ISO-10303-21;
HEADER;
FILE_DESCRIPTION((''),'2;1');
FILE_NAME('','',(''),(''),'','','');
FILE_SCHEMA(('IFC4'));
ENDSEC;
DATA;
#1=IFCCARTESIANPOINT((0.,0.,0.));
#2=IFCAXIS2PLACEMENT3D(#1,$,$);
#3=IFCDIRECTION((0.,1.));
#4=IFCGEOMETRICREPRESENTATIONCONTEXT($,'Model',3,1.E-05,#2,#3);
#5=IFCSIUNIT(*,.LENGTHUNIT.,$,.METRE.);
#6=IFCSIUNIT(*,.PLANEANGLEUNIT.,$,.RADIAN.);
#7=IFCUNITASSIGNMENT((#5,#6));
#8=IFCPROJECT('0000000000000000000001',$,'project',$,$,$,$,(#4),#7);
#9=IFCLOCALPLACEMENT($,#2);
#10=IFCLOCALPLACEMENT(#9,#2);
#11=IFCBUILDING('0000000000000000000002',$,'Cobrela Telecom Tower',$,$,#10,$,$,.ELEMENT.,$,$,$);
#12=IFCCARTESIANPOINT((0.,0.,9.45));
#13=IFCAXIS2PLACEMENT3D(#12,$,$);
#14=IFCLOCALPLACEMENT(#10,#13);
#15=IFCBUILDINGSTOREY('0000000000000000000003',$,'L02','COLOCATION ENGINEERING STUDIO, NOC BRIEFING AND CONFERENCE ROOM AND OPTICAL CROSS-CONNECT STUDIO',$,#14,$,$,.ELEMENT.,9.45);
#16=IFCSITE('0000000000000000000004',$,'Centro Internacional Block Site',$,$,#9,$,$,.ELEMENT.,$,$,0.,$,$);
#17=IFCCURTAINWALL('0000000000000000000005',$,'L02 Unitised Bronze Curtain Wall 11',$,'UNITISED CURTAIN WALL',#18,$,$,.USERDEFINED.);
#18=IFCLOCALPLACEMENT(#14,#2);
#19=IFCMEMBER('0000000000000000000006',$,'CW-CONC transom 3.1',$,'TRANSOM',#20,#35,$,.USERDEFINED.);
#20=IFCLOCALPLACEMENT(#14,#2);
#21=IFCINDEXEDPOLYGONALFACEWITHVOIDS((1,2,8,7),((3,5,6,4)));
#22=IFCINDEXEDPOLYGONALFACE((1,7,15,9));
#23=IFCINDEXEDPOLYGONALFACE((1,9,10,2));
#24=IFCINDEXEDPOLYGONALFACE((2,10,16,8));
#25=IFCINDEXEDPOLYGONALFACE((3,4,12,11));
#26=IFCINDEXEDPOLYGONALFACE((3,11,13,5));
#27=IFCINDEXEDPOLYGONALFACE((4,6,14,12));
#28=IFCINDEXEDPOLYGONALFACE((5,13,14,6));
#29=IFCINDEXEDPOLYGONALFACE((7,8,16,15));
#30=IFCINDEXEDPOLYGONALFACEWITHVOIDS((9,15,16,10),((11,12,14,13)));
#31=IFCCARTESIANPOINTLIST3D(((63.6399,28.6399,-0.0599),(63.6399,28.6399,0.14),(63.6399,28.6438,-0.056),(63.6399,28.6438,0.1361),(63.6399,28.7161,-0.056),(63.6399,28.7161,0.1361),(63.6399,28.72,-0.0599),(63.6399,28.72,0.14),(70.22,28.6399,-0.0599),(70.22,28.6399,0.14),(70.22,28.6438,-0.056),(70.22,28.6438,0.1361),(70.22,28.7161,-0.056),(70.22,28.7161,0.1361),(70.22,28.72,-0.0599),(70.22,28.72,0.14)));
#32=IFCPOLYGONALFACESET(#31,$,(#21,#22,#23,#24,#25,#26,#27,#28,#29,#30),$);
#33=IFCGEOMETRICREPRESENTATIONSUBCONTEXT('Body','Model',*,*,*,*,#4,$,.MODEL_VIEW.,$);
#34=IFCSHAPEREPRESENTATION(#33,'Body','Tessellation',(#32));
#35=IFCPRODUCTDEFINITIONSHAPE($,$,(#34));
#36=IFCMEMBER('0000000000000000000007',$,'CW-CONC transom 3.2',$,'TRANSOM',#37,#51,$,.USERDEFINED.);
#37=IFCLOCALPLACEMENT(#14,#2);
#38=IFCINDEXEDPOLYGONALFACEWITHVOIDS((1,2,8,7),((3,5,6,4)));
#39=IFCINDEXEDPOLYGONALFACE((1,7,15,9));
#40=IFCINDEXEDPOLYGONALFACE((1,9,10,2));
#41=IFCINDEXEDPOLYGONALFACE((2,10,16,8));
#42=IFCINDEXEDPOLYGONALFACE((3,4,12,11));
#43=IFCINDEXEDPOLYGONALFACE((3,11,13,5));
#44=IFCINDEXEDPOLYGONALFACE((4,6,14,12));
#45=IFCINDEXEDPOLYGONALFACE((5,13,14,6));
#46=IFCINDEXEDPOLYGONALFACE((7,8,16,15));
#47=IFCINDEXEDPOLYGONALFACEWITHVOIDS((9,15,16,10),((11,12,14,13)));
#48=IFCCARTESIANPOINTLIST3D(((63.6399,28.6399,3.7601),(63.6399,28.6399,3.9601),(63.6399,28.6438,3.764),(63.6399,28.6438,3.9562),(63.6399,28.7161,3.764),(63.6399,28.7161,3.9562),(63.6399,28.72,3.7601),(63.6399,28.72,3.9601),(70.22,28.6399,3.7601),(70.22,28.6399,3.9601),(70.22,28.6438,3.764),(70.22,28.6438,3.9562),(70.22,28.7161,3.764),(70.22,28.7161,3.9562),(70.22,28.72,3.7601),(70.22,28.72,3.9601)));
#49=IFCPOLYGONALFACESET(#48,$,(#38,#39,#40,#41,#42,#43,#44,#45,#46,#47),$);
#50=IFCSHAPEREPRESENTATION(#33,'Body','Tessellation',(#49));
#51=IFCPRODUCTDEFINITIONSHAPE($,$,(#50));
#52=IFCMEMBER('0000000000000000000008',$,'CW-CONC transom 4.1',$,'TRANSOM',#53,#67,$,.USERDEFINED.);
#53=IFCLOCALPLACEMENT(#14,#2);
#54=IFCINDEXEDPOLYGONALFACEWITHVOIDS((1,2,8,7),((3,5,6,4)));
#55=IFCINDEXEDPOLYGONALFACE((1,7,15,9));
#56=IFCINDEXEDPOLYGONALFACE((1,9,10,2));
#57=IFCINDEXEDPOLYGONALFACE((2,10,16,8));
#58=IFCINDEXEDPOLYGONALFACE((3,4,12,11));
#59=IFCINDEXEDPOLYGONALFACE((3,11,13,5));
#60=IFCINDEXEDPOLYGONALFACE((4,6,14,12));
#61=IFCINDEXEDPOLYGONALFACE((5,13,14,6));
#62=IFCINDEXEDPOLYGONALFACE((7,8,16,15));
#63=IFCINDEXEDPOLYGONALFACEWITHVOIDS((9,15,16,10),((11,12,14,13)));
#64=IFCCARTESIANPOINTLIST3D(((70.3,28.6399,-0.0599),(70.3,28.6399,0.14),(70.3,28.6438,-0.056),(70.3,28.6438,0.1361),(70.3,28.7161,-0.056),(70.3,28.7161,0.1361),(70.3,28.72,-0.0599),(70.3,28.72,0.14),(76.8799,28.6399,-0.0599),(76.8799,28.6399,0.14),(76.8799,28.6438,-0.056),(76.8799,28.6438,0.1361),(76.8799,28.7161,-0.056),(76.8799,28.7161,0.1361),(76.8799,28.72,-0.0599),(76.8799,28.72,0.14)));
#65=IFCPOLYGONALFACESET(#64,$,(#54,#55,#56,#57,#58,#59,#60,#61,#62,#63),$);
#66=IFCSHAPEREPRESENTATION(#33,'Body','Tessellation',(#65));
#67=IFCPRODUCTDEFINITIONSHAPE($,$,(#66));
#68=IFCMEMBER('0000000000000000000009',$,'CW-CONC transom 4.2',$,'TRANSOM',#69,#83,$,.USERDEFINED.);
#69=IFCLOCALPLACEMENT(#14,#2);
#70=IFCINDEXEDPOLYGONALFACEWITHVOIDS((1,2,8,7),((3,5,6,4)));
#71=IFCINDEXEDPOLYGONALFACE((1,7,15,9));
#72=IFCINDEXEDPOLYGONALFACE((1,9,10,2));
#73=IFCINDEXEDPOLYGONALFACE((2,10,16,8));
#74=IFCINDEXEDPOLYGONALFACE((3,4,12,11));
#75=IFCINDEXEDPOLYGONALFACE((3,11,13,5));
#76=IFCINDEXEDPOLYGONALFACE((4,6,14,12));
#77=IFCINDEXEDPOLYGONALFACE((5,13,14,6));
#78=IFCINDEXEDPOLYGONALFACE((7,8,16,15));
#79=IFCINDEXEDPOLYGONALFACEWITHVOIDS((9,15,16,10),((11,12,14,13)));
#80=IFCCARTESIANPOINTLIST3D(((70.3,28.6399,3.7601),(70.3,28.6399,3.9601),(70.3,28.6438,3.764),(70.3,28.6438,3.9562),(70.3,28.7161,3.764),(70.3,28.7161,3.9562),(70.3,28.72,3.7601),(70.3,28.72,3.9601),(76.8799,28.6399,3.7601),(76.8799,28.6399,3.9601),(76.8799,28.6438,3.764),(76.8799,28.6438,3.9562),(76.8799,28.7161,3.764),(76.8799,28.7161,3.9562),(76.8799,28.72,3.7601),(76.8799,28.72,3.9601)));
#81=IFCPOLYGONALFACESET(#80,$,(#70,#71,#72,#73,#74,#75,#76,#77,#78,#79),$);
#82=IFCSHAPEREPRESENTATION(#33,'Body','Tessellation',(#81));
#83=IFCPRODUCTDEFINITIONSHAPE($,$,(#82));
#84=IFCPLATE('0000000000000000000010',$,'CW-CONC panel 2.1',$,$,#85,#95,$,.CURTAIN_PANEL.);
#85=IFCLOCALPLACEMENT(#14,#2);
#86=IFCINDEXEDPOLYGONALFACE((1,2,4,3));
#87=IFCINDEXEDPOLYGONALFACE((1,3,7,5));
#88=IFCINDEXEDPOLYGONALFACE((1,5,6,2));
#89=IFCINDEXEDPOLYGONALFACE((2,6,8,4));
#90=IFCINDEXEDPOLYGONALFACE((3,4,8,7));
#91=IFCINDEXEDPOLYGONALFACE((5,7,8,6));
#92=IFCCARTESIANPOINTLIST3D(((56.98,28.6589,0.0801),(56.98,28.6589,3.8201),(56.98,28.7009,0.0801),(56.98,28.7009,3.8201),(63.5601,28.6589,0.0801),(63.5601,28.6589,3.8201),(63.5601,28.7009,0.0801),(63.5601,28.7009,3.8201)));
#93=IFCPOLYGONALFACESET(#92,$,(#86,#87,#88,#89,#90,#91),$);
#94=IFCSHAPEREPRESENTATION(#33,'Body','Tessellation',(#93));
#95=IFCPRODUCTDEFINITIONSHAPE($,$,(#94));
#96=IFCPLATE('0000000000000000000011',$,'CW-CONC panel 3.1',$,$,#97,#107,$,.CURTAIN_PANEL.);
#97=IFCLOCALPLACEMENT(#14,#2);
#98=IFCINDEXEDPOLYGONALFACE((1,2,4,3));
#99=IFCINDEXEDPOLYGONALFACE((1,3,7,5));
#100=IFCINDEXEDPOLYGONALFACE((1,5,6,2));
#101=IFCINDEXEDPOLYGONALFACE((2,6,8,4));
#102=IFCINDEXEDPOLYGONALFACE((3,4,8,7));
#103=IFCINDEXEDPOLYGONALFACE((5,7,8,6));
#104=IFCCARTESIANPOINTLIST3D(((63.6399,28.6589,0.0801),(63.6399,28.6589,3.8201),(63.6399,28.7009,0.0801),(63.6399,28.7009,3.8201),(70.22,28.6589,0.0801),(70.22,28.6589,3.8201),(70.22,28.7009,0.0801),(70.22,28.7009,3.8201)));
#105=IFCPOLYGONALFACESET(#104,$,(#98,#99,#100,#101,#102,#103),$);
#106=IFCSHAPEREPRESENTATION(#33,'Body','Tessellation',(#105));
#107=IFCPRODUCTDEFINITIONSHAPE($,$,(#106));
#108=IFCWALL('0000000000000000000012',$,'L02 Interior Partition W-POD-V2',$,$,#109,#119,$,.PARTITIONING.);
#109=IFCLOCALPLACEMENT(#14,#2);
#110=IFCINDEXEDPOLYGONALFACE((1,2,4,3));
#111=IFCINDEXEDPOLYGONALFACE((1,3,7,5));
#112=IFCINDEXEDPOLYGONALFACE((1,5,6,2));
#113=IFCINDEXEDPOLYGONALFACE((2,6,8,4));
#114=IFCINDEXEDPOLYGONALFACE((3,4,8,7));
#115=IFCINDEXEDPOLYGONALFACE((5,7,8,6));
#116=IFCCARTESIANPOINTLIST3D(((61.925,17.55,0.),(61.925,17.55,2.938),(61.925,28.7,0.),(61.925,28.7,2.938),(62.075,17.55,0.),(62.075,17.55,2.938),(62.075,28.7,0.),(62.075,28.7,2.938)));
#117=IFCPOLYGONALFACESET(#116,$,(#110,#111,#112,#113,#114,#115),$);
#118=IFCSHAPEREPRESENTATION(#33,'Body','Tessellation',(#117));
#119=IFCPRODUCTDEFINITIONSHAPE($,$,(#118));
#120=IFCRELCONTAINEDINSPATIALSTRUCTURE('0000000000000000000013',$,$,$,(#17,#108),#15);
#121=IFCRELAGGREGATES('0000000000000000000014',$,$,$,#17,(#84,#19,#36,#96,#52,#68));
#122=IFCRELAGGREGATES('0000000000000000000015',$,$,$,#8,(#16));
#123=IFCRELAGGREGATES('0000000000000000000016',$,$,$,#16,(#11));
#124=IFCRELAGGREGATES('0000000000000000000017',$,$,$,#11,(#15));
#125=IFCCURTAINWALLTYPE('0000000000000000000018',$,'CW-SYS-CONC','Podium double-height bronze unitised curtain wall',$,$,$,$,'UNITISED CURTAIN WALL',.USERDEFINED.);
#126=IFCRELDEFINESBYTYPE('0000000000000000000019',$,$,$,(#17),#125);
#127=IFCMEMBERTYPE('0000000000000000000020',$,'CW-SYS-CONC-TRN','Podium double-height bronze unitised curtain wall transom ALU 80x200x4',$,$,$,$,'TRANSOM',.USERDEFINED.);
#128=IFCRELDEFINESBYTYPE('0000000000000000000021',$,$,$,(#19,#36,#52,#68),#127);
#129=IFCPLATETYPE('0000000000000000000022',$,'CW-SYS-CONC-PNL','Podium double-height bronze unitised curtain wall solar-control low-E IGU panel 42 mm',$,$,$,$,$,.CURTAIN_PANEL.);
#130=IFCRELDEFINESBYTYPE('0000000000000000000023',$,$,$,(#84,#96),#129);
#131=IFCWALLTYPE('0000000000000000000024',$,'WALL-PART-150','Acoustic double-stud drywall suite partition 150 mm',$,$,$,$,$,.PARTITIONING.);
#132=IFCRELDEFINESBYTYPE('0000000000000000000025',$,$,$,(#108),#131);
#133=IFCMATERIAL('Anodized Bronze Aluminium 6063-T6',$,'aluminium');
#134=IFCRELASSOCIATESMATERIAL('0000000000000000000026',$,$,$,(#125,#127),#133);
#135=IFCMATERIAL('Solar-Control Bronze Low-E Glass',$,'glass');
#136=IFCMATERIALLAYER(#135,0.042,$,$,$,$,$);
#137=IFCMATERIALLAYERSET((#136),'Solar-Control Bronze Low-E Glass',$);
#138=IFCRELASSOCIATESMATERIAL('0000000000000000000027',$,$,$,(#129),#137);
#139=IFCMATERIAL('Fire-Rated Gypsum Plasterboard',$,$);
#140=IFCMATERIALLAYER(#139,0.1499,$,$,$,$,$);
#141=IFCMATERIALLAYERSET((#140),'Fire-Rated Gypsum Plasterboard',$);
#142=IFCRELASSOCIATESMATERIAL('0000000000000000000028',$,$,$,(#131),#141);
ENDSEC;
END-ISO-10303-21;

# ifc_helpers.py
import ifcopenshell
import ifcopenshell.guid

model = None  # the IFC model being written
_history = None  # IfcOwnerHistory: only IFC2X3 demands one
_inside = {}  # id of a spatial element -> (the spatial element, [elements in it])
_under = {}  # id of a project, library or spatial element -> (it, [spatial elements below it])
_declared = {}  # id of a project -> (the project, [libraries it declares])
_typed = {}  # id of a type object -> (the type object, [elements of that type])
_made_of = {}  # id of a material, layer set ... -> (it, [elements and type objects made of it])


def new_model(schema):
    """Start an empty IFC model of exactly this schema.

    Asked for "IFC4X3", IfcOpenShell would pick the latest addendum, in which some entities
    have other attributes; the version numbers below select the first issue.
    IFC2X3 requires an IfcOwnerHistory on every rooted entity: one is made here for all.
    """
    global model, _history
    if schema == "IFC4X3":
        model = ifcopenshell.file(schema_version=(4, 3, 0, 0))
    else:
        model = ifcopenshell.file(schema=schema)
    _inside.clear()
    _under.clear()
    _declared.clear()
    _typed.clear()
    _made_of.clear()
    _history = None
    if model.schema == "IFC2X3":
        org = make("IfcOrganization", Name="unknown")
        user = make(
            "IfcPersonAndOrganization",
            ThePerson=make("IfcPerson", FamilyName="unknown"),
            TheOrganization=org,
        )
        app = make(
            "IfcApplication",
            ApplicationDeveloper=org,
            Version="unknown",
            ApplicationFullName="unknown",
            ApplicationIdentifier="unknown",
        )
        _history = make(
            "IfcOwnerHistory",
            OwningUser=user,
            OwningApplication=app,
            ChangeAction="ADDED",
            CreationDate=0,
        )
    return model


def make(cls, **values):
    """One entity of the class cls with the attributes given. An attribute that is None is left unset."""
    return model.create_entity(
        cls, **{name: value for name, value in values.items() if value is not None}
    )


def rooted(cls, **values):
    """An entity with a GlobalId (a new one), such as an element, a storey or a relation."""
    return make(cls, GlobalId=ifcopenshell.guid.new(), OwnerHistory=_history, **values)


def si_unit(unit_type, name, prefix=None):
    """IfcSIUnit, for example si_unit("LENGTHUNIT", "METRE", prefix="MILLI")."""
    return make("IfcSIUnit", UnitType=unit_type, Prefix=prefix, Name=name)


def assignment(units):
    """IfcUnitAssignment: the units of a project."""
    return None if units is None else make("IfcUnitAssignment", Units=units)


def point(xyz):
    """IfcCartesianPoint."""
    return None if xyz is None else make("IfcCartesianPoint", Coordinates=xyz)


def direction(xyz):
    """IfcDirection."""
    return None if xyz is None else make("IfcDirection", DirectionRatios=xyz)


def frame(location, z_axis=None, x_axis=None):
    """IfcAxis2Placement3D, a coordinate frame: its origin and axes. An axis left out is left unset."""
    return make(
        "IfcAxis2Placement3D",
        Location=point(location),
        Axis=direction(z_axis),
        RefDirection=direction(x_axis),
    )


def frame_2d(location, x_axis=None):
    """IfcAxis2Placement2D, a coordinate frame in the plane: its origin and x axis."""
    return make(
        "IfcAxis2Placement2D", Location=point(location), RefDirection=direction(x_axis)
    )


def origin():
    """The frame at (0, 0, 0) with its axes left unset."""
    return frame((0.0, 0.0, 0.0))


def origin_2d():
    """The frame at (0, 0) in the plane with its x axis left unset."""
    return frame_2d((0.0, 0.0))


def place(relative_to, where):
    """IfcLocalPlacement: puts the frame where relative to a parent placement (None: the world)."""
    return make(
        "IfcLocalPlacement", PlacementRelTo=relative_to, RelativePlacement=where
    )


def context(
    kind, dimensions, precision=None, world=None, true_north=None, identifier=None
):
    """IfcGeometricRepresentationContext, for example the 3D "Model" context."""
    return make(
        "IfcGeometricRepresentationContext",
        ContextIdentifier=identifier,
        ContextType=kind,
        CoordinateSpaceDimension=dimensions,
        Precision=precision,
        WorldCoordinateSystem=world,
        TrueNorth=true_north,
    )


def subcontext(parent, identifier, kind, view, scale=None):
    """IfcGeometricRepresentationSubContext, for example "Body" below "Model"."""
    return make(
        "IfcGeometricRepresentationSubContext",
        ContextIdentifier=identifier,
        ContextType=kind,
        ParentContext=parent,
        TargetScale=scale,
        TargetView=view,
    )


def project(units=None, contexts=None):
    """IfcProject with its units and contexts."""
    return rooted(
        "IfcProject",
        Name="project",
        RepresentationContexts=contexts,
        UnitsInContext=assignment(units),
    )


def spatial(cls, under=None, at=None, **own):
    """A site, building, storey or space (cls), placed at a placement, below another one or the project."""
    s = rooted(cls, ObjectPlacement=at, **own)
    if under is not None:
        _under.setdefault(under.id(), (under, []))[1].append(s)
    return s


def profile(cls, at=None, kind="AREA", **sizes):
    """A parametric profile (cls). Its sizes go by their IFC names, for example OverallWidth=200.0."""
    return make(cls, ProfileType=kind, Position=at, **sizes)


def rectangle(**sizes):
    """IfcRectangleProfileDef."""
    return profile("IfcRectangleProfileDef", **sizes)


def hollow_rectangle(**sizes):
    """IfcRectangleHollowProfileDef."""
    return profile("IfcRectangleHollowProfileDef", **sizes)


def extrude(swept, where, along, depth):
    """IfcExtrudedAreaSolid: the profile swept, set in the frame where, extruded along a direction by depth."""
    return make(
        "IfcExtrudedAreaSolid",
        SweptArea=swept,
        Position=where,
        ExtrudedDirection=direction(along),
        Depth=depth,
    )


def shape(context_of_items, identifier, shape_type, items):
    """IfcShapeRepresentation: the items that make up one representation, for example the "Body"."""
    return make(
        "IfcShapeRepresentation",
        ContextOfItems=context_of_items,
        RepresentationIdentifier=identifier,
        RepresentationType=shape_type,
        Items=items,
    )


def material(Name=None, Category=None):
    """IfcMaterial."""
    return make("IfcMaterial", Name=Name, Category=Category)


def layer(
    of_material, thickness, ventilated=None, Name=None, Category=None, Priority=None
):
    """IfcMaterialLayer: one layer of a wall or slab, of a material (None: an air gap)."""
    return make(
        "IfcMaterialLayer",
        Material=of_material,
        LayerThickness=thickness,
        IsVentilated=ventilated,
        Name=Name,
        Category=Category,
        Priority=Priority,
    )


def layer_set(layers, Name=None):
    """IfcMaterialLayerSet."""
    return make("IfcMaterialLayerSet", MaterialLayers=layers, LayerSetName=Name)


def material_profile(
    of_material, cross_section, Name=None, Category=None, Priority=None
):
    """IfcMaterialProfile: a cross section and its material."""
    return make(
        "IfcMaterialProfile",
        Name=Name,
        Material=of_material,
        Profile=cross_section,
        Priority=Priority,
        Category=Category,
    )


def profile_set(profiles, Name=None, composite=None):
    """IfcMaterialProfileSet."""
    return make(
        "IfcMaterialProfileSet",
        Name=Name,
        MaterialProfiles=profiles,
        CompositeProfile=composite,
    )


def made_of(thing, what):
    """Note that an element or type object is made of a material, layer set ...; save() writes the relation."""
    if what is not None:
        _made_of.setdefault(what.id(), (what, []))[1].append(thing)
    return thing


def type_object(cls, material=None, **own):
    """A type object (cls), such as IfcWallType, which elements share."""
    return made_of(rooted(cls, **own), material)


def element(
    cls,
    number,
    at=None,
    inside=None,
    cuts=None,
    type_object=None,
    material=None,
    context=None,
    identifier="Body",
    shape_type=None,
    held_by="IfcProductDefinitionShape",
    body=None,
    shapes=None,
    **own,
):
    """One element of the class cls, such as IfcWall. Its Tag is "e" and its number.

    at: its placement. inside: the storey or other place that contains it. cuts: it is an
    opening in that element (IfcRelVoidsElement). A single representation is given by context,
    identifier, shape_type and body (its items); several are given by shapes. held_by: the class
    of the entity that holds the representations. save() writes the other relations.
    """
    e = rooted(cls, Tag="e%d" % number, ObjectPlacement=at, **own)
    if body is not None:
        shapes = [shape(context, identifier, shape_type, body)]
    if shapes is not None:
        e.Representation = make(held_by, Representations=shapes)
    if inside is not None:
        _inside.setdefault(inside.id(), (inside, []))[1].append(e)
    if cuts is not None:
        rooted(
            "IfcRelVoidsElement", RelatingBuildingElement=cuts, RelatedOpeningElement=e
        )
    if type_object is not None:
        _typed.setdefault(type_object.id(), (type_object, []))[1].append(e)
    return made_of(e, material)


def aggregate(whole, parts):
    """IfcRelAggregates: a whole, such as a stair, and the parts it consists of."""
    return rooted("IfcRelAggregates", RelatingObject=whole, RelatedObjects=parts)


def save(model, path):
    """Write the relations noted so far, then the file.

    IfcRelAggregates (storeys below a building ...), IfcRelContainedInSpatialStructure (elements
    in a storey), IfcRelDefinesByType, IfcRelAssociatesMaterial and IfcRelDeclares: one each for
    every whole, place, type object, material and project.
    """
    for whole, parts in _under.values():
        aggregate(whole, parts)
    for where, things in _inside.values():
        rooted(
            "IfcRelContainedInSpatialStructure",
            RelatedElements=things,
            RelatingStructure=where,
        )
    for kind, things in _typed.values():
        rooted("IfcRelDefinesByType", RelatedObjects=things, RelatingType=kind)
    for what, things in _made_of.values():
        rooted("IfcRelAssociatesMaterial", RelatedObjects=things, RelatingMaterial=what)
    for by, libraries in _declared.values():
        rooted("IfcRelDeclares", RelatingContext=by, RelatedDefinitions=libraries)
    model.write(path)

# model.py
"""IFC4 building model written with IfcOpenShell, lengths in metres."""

from ifc_helpers import new_model, si_unit, direction, frame, frame_2d, origin, origin_2d, place, context, subcontext, project, spatial, rectangle, hollow_rectangle, extrude, material, layer, layer_set, material_profile, profile_set, type_object, element, aggregate, save


model = new_model("IFC4")

# Units and contexts
model_context = context("Model", 3, precision=1e-05, world=origin(), true_north=direction((0.0, 1.0)))
body_context = subcontext(model_context, "Body", "Model", "MODEL_VIEW")
ifc_project = project(units=[si_unit("LENGTHUNIT", "METRE"), si_unit("PLANEANGLEUNIT", "RADIAN")], contexts=[model_context])

# Site, building, storey
site_placement = place(None, origin())
site = spatial("IfcSite", under=ifc_project, at=site_placement, Name="Centro Internacional Block Site", CompositionType="ELEMENT", RefElevation=0.0)
building_placement = place(site_placement, origin())
building = spatial("IfcBuilding", under=site, at=building_placement, Name="Cobrela Telecom Tower", CompositionType="ELEMENT")
storey_placement = place(building_placement, frame((0.0, 0.0, 9.45)))
storey = spatial("IfcBuildingStorey", under=building, at=storey_placement, Name="L02", Description="COLOCATION ENGINEERING STUDIO, NOC BRIEFING AND CONFERENCE ROOM AND OPTICAL CROSS-CONNECT STUDIO", CompositionType="ELEMENT", Elevation=9.45)

# Curtain wall, members, plates
ifc_material_1 = material(Name="Anodized Bronze Aluminium 6063-T6", Category="aluminium")
curtain_wall_type = type_object("IfcCurtainWallType", Name="CW-SYS-CONC", Description="Podium double-height bronze unitised curtain wall", ElementType="UNITISED CURTAIN WALL", PredefinedType="USERDEFINED", material=ifc_material_1)
curtain_wall_placement = place(storey_placement, origin())
curtain_wall = element("IfcCurtainWall", 1, at=curtain_wall_placement, inside=storey, type_object=curtain_wall_type, Name="L02 Unitised Bronze Curtain Wall 11", ObjectType="UNITISED CURTAIN WALL", PredefinedType="USERDEFINED")
ifc_material_profile_1 = material_profile(ifc_material_1, hollow_rectangle(XDim=0.0801, YDim=0.2, WallThickness=0.0039, at=origin_2d()), Name="ALU 80x200x4")
ifc_profile_set_1 = profile_set([ifc_material_profile_1], Name="Anodized Bronze Aluminium 6063-T6")
member_type_1 = type_object("IfcMemberType", Name="CW-SYS-CONC-TRN", Description="Podium double-height bronze unitised curtain wall transom ALU 80x200x4", ElementType="TRANSOM", PredefinedType="USERDEFINED", material=ifc_profile_set_1)
member_1_placement = place(storey_placement, frame((63.6399, 28.6799, 0.04), z_axis=(1.0, 0.0, 0.0), x_axis=(0.0, 1.0, 0.0)))
member_1 = element("IfcMember", 2, at=member_1_placement, type_object=member_type_1, Name="CW-CONC transom 3.1", ObjectType="TRANSOM", PredefinedType="USERDEFINED", context=body_context, shape_type="SweptSolid", body=[
    extrude(hollow_rectangle(XDim=0.0801, YDim=0.2, WallThickness=0.0039, at=origin_2d()), origin(), (0.0, 0.0, 1.0), 6.5801),
])
member_2_placement = place(storey_placement, frame((63.6399, 28.6799, 3.8601), z_axis=(1.0, 0.0, 0.0), x_axis=(0.0, 1.0, 0.0)))
member_2 = element("IfcMember", 3, at=member_2_placement, type_object=member_type_1, Name="CW-CONC transom 3.2", ObjectType="TRANSOM", PredefinedType="USERDEFINED", context=body_context, shape_type="SweptSolid", body=[
    extrude(hollow_rectangle(XDim=0.0801, YDim=0.2, WallThickness=0.0039, at=origin_2d()), origin(), (0.0, 0.0, 1.0), 6.5801),
])
member_3_placement = place(storey_placement, frame((70.3, 28.6799, 0.04), z_axis=(1.0, 0.0, 0.0), x_axis=(0.0, 1.0, 0.0)))
member_3 = element("IfcMember", 4, at=member_3_placement, type_object=member_type_1, Name="CW-CONC transom 4.1", ObjectType="TRANSOM", PredefinedType="USERDEFINED", context=body_context, shape_type="SweptSolid", body=[
    extrude(hollow_rectangle(XDim=0.0801, YDim=0.2, WallThickness=0.0039, at=origin_2d()), origin(), (0.0, 0.0, 1.0), 6.5798),
])
member_4_placement = place(storey_placement, frame((70.3, 28.6799, 3.8601), z_axis=(1.0, 0.0, 0.0), x_axis=(0.0, 1.0, 0.0)))
member_4 = element("IfcMember", 5, at=member_4_placement, type_object=member_type_1, Name="CW-CONC transom 4.2", ObjectType="TRANSOM", PredefinedType="USERDEFINED", context=body_context, shape_type="SweptSolid", body=[
    extrude(hollow_rectangle(XDim=0.0801, YDim=0.2, WallThickness=0.0039, at=origin_2d()), origin(), (0.0, 0.0, 1.0), 6.5798),
])
ifc_material_2 = material(Name="Solar-Control Bronze Low-E Glass", Category="glass")
ifc_layer_1 = layer(ifc_material_2, 0.042)
ifc_layer_set_1 = layer_set([ifc_layer_1], Name="Solar-Control Bronze Low-E Glass")
plate_type = type_object("IfcPlateType", Name="CW-SYS-CONC-PNL", Description="Podium double-height bronze unitised curtain wall solar-control low-E IGU panel 42 mm", PredefinedType="CURTAIN_PANEL", material=ifc_layer_set_1)
plate_1_placement = place(storey_placement, frame((60.27, 28.6799, 0.0801), z_axis=(0.0, 0.0, 1.0), x_axis=(1.0, 0.0, 0.0)))
plate_1 = element("IfcPlate", 6, at=plate_1_placement, type_object=plate_type, Name="CW-CONC panel 2.1", PredefinedType="CURTAIN_PANEL", context=body_context, shape_type="SweptSolid", body=[
    extrude(rectangle(XDim=6.5801, YDim=0.042, at=origin_2d()), origin(), (0.0, 0.0, 1.0), 3.74),
])
plate_2_placement = place(storey_placement, frame((66.9299, 28.6799, 0.0801), z_axis=(0.0, 0.0, 1.0), x_axis=(1.0, 0.0, 0.0)))
plate_2 = element("IfcPlate", 7, at=plate_2_placement, type_object=plate_type, Name="CW-CONC panel 3.1", PredefinedType="CURTAIN_PANEL", context=body_context, shape_type="SweptSolid", body=[
    extrude(rectangle(XDim=6.5801, YDim=0.042, at=origin_2d()), origin(), (0.0, 0.0, 1.0), 3.74),
])
aggregate(curtain_wall, [plate_1, member_1, member_2, plate_2, member_3, member_4])

# Wall
ifc_material_3 = material(Name="Fire-Rated Gypsum Plasterboard")
ifc_layer_2 = layer(ifc_material_3, 0.1499)
ifc_layer_set_2 = layer_set([ifc_layer_2], Name="Fire-Rated Gypsum Plasterboard")
wall_type = type_object("IfcWallType", Name="WALL-PART-150", Description="Acoustic double-stud drywall suite partition 150 mm", PredefinedType="PARTITIONING", material=ifc_layer_set_2)
wall_placement = place(storey_placement, frame((62.0, 17.55, 0.0), z_axis=(0.0, 0.0, 1.0), x_axis=(0.0, 1.0, 0.0)))
element("IfcWall", 8, at=wall_placement, inside=storey, type_object=wall_type, Name="L02 Interior Partition W-POD-V2", PredefinedType="PARTITIONING", context=body_context, shape_type="SweptSolid", body=[
    extrude(rectangle(XDim=11.1499, YDim=0.1499, at=frame_2d((5.575, 0.0))), origin(), (0.0, 0.0, 1.0), 2.938),
])

save(model, "model.ifc")
